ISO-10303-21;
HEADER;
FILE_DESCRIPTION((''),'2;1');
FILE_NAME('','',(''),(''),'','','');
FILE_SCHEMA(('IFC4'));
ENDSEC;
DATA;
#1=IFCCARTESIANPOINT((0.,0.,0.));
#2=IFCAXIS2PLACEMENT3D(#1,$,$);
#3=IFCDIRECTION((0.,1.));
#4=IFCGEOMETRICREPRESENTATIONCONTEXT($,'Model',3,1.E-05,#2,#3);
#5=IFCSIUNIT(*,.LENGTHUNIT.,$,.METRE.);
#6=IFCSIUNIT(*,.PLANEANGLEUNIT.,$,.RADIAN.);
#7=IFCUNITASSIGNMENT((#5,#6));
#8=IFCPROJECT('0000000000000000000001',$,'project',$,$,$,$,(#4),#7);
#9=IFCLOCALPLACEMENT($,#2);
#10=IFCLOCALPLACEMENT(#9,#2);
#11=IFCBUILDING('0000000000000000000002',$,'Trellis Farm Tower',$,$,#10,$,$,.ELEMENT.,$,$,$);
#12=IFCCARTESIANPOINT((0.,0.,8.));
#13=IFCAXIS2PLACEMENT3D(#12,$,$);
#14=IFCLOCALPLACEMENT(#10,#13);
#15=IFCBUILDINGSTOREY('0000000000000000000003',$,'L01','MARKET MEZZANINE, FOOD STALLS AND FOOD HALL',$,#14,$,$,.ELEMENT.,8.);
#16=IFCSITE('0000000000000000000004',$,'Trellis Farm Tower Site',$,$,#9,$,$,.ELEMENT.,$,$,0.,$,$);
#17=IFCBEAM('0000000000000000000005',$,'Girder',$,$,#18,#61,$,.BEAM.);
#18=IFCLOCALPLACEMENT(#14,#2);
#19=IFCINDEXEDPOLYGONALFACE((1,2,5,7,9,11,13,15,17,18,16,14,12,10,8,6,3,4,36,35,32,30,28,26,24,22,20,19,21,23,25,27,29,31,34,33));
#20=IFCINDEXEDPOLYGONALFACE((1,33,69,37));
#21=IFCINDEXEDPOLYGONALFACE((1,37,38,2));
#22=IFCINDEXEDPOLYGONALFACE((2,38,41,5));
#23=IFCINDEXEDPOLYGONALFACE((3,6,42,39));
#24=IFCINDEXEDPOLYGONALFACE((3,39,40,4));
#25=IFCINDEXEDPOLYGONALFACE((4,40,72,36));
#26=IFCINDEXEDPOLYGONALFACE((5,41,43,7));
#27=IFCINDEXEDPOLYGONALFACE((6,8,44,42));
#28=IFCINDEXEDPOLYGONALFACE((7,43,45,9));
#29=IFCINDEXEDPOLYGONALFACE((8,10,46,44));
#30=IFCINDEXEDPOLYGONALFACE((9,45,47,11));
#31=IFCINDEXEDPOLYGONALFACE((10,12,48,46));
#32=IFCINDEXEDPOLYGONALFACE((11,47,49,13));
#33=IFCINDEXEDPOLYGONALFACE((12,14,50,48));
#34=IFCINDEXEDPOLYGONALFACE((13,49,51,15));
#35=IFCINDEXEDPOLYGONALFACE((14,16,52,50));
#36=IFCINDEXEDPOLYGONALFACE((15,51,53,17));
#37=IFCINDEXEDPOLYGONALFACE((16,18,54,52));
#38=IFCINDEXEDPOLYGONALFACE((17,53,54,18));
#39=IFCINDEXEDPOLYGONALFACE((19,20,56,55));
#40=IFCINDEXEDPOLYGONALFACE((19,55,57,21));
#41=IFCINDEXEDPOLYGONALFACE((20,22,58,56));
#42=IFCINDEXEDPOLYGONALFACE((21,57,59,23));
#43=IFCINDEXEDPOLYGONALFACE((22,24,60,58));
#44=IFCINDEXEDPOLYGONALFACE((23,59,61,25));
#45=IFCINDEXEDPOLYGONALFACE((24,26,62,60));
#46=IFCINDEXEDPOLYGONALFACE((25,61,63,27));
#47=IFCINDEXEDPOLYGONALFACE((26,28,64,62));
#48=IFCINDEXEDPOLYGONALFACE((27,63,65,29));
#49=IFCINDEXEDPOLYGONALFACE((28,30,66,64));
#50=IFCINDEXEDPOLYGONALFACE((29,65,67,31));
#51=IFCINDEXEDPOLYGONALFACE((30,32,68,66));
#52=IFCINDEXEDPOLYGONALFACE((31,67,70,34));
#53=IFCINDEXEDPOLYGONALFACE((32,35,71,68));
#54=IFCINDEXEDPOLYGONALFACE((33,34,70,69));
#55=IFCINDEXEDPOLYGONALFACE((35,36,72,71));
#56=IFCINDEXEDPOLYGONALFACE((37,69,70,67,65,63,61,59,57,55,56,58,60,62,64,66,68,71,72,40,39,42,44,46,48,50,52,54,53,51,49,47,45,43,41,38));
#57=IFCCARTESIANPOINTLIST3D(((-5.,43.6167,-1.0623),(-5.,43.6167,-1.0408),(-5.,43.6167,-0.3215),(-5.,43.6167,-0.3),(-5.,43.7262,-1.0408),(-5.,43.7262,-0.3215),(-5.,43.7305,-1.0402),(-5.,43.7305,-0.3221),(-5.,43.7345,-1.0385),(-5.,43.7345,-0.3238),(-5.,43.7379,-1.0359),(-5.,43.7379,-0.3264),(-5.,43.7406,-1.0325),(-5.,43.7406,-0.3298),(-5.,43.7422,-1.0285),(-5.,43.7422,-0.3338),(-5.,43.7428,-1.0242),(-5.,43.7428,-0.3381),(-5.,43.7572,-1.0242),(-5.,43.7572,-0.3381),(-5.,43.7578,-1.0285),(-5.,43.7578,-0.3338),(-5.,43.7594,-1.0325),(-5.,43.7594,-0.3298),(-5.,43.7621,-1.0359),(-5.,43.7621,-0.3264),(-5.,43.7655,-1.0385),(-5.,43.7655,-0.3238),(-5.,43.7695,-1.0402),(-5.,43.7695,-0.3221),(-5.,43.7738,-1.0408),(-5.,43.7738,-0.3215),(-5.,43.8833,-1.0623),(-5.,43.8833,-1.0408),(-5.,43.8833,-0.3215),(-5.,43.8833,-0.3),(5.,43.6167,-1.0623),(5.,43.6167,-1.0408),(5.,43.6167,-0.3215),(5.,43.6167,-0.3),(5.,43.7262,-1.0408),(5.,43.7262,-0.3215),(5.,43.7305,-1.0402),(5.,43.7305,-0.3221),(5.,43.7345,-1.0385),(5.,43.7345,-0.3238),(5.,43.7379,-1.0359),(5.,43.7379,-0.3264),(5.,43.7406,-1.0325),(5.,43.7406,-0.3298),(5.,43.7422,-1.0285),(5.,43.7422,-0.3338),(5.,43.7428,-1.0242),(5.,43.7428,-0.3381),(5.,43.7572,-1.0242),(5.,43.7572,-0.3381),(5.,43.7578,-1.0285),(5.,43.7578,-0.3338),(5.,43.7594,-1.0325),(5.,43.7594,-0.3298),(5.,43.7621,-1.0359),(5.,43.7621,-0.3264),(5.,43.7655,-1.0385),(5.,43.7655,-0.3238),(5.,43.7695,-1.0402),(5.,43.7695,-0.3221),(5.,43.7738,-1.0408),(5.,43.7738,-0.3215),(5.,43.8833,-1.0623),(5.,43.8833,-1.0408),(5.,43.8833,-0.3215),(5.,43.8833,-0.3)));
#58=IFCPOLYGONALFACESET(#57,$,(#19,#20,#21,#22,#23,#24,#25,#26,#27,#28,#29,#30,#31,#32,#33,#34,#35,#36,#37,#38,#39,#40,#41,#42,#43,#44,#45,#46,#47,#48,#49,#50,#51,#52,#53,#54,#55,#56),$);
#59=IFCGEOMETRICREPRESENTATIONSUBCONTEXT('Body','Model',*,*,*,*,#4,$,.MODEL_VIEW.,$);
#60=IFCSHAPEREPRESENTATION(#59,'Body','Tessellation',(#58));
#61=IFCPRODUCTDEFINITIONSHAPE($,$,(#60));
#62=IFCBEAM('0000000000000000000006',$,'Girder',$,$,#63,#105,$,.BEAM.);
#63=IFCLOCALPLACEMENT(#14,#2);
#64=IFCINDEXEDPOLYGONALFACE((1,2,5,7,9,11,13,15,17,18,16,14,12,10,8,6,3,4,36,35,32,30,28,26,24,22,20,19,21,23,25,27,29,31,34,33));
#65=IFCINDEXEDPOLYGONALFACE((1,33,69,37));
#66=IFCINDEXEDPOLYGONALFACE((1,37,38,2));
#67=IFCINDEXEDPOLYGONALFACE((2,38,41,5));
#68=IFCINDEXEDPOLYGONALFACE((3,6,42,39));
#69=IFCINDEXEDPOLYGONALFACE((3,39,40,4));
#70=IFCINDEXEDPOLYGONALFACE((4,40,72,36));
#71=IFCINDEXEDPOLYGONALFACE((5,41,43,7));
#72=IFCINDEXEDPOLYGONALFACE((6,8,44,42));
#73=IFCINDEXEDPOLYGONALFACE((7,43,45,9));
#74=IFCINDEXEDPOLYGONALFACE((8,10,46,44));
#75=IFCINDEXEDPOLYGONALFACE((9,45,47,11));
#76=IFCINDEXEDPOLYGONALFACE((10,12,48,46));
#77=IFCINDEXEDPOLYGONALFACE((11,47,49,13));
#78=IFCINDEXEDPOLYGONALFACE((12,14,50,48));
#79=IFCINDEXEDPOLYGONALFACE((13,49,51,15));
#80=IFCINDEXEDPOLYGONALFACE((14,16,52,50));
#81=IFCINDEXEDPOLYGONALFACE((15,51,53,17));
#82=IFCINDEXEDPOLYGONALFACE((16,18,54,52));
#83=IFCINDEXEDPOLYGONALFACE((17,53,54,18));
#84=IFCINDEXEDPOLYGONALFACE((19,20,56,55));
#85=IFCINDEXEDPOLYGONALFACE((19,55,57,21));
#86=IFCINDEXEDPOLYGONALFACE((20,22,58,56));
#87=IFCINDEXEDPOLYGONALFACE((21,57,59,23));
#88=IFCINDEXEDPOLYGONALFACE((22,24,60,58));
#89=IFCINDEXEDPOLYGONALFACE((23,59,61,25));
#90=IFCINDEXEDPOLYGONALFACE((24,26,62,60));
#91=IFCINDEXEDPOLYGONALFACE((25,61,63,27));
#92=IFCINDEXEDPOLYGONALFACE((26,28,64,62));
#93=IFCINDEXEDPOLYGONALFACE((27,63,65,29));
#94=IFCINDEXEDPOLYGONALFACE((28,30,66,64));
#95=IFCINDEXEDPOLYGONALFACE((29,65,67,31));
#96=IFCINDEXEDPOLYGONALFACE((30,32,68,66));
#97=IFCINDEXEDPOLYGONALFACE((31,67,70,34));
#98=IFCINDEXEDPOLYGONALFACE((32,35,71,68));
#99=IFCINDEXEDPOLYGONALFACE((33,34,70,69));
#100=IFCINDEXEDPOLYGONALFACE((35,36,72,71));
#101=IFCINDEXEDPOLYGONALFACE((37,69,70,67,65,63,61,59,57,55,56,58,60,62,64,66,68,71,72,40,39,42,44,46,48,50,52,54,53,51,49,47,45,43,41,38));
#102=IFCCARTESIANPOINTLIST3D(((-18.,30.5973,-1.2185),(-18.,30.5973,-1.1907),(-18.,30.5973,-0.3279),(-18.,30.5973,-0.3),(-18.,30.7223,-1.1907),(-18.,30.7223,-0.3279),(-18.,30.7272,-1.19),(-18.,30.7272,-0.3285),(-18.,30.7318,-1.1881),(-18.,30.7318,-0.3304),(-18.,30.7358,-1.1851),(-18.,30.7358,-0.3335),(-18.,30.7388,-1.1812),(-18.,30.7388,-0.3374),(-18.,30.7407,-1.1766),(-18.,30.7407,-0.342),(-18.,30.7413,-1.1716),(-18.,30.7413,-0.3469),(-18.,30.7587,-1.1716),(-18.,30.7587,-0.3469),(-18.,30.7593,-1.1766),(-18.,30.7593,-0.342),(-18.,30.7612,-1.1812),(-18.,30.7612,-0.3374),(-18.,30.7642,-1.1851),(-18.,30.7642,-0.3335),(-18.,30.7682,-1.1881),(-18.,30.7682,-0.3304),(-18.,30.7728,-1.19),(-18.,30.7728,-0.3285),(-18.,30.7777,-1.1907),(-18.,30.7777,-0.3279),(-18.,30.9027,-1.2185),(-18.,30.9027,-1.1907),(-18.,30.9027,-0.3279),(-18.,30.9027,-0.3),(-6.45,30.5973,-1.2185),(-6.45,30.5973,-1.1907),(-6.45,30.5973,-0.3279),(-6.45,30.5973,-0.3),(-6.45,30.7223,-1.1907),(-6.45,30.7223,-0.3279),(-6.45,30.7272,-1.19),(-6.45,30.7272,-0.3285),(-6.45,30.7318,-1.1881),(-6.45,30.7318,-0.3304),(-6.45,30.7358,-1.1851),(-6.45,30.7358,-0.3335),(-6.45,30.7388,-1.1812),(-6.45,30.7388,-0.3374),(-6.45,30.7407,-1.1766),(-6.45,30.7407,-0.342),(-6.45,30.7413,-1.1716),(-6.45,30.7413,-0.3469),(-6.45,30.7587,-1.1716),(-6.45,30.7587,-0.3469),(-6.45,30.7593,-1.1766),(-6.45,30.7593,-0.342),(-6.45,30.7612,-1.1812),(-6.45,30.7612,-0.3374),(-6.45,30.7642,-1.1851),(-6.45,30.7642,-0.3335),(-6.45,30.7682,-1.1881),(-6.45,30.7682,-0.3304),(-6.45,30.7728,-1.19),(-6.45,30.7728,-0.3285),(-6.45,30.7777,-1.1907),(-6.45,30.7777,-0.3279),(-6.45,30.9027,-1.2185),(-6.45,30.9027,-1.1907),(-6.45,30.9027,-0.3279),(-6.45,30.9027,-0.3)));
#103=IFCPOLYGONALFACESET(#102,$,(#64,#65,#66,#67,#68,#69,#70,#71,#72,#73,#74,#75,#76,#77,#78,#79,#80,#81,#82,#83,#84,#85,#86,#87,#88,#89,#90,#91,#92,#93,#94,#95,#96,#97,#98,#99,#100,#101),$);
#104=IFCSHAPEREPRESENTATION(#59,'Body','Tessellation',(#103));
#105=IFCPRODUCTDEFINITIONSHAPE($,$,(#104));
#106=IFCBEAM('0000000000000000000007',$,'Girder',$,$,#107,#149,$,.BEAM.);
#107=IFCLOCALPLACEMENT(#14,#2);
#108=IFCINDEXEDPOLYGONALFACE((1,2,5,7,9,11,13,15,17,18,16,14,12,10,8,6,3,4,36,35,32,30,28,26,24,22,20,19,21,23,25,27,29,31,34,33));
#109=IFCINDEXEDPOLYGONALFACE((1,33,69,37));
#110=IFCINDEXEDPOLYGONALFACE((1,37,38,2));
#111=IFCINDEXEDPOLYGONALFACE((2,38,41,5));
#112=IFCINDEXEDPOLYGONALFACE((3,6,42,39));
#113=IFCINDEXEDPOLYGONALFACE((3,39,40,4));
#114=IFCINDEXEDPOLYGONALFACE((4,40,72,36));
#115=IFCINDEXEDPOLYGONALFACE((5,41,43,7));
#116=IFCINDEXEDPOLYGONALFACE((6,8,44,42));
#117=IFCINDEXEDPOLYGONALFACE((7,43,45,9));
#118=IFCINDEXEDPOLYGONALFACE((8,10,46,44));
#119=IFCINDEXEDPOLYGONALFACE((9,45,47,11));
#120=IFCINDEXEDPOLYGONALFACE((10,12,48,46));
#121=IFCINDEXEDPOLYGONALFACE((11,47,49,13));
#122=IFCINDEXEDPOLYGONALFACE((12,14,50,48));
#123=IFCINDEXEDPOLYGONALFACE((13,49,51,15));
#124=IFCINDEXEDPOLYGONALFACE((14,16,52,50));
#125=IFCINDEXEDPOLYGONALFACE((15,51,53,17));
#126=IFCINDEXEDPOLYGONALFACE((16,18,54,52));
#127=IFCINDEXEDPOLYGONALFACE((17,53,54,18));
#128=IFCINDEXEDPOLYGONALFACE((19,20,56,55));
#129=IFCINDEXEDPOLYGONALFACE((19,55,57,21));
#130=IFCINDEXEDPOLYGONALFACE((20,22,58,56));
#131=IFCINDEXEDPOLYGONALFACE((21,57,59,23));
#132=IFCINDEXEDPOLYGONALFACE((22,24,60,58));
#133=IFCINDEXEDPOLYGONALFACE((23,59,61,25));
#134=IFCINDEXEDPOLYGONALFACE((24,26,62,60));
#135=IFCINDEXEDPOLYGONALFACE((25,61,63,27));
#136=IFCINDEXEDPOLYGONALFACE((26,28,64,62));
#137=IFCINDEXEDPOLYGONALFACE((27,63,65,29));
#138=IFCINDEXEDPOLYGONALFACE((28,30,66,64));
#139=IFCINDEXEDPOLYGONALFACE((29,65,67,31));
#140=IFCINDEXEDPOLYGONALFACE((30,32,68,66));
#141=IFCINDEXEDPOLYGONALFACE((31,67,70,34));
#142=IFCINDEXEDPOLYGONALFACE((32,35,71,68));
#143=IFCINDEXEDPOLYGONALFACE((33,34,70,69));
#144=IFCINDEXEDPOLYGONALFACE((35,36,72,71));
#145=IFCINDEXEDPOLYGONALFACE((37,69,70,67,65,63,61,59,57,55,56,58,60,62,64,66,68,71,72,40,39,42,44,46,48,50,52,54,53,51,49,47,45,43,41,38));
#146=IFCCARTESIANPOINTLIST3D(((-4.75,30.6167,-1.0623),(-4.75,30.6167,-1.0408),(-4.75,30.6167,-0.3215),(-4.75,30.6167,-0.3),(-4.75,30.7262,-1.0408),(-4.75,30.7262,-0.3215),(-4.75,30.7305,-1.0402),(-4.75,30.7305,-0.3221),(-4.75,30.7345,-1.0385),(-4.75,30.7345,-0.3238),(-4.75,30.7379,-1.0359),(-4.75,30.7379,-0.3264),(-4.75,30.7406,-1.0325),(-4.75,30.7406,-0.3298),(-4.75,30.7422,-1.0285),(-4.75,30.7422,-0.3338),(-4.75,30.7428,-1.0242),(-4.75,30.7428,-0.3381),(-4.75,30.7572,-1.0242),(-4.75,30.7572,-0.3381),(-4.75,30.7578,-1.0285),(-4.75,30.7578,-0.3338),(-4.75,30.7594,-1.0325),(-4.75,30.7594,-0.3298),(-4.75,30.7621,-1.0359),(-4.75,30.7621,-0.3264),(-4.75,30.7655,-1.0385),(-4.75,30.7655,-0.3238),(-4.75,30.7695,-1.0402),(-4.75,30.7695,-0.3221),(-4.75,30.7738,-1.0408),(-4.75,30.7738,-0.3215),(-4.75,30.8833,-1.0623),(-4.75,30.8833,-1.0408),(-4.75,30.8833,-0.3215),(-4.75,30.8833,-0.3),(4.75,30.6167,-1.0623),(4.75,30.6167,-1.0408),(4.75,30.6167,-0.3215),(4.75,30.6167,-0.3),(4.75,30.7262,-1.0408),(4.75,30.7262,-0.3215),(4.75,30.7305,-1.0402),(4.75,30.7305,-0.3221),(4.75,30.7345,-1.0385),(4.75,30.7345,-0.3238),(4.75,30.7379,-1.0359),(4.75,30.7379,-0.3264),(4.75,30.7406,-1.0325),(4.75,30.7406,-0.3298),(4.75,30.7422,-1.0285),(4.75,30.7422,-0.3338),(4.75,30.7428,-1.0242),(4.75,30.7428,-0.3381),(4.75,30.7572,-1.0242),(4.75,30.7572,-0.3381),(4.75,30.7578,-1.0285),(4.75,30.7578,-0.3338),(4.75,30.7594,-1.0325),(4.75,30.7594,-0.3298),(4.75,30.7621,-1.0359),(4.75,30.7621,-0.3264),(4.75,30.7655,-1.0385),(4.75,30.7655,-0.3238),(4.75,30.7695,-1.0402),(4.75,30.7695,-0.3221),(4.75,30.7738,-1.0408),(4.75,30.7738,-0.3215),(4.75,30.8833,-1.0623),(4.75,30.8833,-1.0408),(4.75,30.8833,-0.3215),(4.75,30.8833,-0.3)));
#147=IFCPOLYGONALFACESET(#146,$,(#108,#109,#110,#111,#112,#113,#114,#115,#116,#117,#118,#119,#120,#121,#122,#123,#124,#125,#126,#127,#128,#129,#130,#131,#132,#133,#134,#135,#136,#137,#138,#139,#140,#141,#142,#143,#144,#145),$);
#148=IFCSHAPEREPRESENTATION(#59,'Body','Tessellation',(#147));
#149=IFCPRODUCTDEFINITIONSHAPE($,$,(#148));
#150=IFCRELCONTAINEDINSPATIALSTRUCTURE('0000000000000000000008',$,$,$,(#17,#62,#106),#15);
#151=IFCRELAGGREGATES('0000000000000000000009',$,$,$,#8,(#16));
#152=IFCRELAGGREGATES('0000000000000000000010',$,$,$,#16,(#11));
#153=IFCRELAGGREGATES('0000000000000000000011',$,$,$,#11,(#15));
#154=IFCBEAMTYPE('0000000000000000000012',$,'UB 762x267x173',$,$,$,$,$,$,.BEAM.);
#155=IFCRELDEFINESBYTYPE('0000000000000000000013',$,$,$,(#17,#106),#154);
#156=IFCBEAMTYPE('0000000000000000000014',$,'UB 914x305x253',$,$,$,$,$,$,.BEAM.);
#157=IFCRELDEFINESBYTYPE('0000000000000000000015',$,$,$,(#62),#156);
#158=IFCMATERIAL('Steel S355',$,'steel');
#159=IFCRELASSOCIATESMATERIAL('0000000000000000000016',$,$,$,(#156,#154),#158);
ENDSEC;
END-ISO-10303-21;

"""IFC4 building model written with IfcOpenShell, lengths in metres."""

from ifc_helpers import new_model, si_unit, direction, frame, origin, origin_2d, place, context, subcontext, project, spatial, i_section, extrude, source, transform, mapped, material, material_profile, profile_set, type_object, element, save


model = new_model("IFC4")

# Units and contexts
model_context = context("Model", 3, precision=1e-05, world=origin(), true_north=direction((0.0, 1.0)))
body_context = subcontext(model_context, "Body", "Model", "MODEL_VIEW")
ifc_project = project(units=[si_unit("LENGTHUNIT", "METRE"), si_unit("PLANEANGLEUNIT", "RADIAN")], contexts=[model_context])

# Site, building, storey
site_placement = place(None, origin())
site = spatial("IfcSite", under=ifc_project, at=site_placement, Name="Trellis Farm Tower Site", CompositionType="ELEMENT", RefElevation=0.0)
building_placement = place(site_placement, origin())
building = spatial("IfcBuilding", under=site, at=building_placement, Name="Trellis Farm Tower", CompositionType="ELEMENT")
storey_placement = place(building_placement, frame((0.0, 0.0, 8.0)))
storey = spatial("IfcBuildingStorey", under=building, at=storey_placement, Name="L01", Description="MARKET MEZZANINE, FOOD STALLS AND FOOD HALL", CompositionType="ELEMENT", Elevation=8.0)

# Beams
ifc_material_1 = material(Name="Steel S355", Category="steel")
ifc_material_profile_1 = material_profile(ifc_material_1, i_section(OverallWidth=0.3054, OverallDepth=0.9185, WebThickness=0.0173, FlangeThickness=0.0278, FilletRadius=0.019, at=origin_2d()), Name="UB 914x305x253")
ifc_profile_set_1 = profile_set([ifc_material_profile_1], Name="Steel S355")
beam_type_1 = type_object("IfcBeamType", Name="UB 914x305x253", PredefinedType="BEAM", material=ifc_profile_set_1)
ifc_material_profile_2 = material_profile(ifc_material_1, i_section(OverallWidth=0.2666, OverallDepth=0.7622, WebThickness=0.0144, FlangeThickness=0.0215, FilletRadius=0.0166, at=origin_2d()), Name="UB 762x267x173")
ifc_profile_set_2 = profile_set([ifc_material_profile_2], Name="Steel S355")
beam_type_2 = type_object("IfcBeamType", Name="UB 762x267x173", PredefinedType="BEAM", material=ifc_profile_set_2)
shared_shape_1 = source(origin(), body_context, "Body", "SweptSolid", [
    extrude(i_section(OverallWidth=0.2666, OverallDepth=0.7622, WebThickness=0.0144, FlangeThickness=0.0215, FilletRadius=0.0166, at=origin_2d()), origin(), (0.0, 0.0, 1.0), 10.0),
])
for number, where, z_axis, x_axis, name in (
    (1, (-5.0, 43.75, -0.6812), (1.0, 0.0, 0.0), (0.0, 1.0, 0.0), "Girder"),
):
    element("IfcBeam", number, at=place(storey_placement, frame(where, z_axis=z_axis, x_axis=x_axis)), inside=storey, type_object=beam_type_2, Name=name, PredefinedType="BEAM", context=body_context, shape_type="MappedRepresentation", body=[
        mapped(shared_shape_1, transform((0.0, 0.0, 0.0))),
    ])
shared_shape_2 = source(origin(), body_context, "Body", "SweptSolid", [
    extrude(i_section(OverallWidth=0.3054, OverallDepth=0.9185, WebThickness=0.0173, FlangeThickness=0.0278, FilletRadius=0.019, at=origin_2d()), origin(), (0.0, 0.0, 1.0), 11.55),
])
beam_1_placement = place(storey_placement, frame((-18.0, 30.75, -0.7593), z_axis=(1.0, 0.0, 0.0), x_axis=(0.0, 1.0, 0.0)))
element("IfcBeam", 2, at=beam_1_placement, inside=storey, type_object=beam_type_1, Name="Girder", PredefinedType="BEAM", context=body_context, shape_type="MappedRepresentation", body=[
    mapped(shared_shape_2, transform((0.0, 0.0, 0.0))),
])
shared_shape_3 = source(origin(), body_context, "Body", "SweptSolid", [
    extrude(i_section(OverallWidth=0.2666, OverallDepth=0.7622, WebThickness=0.0144, FlangeThickness=0.0215, FilletRadius=0.0166, at=origin_2d()), origin(), (0.0, 0.0, 1.0), 9.5),
])
beam_2_placement = place(storey_placement, frame((-4.75, 30.75, -0.6812), z_axis=(1.0, 0.0, 0.0), x_axis=(0.0, 1.0, 0.0)))
element("IfcBeam", 3, at=beam_2_placement, inside=storey, type_object=beam_type_2, Name="Girder", PredefinedType="BEAM", context=body_context, shape_type="MappedRepresentation", body=[
    mapped(shared_shape_3, transform((0.0, 0.0, 0.0))),
])

save(model, "model.ifc")
